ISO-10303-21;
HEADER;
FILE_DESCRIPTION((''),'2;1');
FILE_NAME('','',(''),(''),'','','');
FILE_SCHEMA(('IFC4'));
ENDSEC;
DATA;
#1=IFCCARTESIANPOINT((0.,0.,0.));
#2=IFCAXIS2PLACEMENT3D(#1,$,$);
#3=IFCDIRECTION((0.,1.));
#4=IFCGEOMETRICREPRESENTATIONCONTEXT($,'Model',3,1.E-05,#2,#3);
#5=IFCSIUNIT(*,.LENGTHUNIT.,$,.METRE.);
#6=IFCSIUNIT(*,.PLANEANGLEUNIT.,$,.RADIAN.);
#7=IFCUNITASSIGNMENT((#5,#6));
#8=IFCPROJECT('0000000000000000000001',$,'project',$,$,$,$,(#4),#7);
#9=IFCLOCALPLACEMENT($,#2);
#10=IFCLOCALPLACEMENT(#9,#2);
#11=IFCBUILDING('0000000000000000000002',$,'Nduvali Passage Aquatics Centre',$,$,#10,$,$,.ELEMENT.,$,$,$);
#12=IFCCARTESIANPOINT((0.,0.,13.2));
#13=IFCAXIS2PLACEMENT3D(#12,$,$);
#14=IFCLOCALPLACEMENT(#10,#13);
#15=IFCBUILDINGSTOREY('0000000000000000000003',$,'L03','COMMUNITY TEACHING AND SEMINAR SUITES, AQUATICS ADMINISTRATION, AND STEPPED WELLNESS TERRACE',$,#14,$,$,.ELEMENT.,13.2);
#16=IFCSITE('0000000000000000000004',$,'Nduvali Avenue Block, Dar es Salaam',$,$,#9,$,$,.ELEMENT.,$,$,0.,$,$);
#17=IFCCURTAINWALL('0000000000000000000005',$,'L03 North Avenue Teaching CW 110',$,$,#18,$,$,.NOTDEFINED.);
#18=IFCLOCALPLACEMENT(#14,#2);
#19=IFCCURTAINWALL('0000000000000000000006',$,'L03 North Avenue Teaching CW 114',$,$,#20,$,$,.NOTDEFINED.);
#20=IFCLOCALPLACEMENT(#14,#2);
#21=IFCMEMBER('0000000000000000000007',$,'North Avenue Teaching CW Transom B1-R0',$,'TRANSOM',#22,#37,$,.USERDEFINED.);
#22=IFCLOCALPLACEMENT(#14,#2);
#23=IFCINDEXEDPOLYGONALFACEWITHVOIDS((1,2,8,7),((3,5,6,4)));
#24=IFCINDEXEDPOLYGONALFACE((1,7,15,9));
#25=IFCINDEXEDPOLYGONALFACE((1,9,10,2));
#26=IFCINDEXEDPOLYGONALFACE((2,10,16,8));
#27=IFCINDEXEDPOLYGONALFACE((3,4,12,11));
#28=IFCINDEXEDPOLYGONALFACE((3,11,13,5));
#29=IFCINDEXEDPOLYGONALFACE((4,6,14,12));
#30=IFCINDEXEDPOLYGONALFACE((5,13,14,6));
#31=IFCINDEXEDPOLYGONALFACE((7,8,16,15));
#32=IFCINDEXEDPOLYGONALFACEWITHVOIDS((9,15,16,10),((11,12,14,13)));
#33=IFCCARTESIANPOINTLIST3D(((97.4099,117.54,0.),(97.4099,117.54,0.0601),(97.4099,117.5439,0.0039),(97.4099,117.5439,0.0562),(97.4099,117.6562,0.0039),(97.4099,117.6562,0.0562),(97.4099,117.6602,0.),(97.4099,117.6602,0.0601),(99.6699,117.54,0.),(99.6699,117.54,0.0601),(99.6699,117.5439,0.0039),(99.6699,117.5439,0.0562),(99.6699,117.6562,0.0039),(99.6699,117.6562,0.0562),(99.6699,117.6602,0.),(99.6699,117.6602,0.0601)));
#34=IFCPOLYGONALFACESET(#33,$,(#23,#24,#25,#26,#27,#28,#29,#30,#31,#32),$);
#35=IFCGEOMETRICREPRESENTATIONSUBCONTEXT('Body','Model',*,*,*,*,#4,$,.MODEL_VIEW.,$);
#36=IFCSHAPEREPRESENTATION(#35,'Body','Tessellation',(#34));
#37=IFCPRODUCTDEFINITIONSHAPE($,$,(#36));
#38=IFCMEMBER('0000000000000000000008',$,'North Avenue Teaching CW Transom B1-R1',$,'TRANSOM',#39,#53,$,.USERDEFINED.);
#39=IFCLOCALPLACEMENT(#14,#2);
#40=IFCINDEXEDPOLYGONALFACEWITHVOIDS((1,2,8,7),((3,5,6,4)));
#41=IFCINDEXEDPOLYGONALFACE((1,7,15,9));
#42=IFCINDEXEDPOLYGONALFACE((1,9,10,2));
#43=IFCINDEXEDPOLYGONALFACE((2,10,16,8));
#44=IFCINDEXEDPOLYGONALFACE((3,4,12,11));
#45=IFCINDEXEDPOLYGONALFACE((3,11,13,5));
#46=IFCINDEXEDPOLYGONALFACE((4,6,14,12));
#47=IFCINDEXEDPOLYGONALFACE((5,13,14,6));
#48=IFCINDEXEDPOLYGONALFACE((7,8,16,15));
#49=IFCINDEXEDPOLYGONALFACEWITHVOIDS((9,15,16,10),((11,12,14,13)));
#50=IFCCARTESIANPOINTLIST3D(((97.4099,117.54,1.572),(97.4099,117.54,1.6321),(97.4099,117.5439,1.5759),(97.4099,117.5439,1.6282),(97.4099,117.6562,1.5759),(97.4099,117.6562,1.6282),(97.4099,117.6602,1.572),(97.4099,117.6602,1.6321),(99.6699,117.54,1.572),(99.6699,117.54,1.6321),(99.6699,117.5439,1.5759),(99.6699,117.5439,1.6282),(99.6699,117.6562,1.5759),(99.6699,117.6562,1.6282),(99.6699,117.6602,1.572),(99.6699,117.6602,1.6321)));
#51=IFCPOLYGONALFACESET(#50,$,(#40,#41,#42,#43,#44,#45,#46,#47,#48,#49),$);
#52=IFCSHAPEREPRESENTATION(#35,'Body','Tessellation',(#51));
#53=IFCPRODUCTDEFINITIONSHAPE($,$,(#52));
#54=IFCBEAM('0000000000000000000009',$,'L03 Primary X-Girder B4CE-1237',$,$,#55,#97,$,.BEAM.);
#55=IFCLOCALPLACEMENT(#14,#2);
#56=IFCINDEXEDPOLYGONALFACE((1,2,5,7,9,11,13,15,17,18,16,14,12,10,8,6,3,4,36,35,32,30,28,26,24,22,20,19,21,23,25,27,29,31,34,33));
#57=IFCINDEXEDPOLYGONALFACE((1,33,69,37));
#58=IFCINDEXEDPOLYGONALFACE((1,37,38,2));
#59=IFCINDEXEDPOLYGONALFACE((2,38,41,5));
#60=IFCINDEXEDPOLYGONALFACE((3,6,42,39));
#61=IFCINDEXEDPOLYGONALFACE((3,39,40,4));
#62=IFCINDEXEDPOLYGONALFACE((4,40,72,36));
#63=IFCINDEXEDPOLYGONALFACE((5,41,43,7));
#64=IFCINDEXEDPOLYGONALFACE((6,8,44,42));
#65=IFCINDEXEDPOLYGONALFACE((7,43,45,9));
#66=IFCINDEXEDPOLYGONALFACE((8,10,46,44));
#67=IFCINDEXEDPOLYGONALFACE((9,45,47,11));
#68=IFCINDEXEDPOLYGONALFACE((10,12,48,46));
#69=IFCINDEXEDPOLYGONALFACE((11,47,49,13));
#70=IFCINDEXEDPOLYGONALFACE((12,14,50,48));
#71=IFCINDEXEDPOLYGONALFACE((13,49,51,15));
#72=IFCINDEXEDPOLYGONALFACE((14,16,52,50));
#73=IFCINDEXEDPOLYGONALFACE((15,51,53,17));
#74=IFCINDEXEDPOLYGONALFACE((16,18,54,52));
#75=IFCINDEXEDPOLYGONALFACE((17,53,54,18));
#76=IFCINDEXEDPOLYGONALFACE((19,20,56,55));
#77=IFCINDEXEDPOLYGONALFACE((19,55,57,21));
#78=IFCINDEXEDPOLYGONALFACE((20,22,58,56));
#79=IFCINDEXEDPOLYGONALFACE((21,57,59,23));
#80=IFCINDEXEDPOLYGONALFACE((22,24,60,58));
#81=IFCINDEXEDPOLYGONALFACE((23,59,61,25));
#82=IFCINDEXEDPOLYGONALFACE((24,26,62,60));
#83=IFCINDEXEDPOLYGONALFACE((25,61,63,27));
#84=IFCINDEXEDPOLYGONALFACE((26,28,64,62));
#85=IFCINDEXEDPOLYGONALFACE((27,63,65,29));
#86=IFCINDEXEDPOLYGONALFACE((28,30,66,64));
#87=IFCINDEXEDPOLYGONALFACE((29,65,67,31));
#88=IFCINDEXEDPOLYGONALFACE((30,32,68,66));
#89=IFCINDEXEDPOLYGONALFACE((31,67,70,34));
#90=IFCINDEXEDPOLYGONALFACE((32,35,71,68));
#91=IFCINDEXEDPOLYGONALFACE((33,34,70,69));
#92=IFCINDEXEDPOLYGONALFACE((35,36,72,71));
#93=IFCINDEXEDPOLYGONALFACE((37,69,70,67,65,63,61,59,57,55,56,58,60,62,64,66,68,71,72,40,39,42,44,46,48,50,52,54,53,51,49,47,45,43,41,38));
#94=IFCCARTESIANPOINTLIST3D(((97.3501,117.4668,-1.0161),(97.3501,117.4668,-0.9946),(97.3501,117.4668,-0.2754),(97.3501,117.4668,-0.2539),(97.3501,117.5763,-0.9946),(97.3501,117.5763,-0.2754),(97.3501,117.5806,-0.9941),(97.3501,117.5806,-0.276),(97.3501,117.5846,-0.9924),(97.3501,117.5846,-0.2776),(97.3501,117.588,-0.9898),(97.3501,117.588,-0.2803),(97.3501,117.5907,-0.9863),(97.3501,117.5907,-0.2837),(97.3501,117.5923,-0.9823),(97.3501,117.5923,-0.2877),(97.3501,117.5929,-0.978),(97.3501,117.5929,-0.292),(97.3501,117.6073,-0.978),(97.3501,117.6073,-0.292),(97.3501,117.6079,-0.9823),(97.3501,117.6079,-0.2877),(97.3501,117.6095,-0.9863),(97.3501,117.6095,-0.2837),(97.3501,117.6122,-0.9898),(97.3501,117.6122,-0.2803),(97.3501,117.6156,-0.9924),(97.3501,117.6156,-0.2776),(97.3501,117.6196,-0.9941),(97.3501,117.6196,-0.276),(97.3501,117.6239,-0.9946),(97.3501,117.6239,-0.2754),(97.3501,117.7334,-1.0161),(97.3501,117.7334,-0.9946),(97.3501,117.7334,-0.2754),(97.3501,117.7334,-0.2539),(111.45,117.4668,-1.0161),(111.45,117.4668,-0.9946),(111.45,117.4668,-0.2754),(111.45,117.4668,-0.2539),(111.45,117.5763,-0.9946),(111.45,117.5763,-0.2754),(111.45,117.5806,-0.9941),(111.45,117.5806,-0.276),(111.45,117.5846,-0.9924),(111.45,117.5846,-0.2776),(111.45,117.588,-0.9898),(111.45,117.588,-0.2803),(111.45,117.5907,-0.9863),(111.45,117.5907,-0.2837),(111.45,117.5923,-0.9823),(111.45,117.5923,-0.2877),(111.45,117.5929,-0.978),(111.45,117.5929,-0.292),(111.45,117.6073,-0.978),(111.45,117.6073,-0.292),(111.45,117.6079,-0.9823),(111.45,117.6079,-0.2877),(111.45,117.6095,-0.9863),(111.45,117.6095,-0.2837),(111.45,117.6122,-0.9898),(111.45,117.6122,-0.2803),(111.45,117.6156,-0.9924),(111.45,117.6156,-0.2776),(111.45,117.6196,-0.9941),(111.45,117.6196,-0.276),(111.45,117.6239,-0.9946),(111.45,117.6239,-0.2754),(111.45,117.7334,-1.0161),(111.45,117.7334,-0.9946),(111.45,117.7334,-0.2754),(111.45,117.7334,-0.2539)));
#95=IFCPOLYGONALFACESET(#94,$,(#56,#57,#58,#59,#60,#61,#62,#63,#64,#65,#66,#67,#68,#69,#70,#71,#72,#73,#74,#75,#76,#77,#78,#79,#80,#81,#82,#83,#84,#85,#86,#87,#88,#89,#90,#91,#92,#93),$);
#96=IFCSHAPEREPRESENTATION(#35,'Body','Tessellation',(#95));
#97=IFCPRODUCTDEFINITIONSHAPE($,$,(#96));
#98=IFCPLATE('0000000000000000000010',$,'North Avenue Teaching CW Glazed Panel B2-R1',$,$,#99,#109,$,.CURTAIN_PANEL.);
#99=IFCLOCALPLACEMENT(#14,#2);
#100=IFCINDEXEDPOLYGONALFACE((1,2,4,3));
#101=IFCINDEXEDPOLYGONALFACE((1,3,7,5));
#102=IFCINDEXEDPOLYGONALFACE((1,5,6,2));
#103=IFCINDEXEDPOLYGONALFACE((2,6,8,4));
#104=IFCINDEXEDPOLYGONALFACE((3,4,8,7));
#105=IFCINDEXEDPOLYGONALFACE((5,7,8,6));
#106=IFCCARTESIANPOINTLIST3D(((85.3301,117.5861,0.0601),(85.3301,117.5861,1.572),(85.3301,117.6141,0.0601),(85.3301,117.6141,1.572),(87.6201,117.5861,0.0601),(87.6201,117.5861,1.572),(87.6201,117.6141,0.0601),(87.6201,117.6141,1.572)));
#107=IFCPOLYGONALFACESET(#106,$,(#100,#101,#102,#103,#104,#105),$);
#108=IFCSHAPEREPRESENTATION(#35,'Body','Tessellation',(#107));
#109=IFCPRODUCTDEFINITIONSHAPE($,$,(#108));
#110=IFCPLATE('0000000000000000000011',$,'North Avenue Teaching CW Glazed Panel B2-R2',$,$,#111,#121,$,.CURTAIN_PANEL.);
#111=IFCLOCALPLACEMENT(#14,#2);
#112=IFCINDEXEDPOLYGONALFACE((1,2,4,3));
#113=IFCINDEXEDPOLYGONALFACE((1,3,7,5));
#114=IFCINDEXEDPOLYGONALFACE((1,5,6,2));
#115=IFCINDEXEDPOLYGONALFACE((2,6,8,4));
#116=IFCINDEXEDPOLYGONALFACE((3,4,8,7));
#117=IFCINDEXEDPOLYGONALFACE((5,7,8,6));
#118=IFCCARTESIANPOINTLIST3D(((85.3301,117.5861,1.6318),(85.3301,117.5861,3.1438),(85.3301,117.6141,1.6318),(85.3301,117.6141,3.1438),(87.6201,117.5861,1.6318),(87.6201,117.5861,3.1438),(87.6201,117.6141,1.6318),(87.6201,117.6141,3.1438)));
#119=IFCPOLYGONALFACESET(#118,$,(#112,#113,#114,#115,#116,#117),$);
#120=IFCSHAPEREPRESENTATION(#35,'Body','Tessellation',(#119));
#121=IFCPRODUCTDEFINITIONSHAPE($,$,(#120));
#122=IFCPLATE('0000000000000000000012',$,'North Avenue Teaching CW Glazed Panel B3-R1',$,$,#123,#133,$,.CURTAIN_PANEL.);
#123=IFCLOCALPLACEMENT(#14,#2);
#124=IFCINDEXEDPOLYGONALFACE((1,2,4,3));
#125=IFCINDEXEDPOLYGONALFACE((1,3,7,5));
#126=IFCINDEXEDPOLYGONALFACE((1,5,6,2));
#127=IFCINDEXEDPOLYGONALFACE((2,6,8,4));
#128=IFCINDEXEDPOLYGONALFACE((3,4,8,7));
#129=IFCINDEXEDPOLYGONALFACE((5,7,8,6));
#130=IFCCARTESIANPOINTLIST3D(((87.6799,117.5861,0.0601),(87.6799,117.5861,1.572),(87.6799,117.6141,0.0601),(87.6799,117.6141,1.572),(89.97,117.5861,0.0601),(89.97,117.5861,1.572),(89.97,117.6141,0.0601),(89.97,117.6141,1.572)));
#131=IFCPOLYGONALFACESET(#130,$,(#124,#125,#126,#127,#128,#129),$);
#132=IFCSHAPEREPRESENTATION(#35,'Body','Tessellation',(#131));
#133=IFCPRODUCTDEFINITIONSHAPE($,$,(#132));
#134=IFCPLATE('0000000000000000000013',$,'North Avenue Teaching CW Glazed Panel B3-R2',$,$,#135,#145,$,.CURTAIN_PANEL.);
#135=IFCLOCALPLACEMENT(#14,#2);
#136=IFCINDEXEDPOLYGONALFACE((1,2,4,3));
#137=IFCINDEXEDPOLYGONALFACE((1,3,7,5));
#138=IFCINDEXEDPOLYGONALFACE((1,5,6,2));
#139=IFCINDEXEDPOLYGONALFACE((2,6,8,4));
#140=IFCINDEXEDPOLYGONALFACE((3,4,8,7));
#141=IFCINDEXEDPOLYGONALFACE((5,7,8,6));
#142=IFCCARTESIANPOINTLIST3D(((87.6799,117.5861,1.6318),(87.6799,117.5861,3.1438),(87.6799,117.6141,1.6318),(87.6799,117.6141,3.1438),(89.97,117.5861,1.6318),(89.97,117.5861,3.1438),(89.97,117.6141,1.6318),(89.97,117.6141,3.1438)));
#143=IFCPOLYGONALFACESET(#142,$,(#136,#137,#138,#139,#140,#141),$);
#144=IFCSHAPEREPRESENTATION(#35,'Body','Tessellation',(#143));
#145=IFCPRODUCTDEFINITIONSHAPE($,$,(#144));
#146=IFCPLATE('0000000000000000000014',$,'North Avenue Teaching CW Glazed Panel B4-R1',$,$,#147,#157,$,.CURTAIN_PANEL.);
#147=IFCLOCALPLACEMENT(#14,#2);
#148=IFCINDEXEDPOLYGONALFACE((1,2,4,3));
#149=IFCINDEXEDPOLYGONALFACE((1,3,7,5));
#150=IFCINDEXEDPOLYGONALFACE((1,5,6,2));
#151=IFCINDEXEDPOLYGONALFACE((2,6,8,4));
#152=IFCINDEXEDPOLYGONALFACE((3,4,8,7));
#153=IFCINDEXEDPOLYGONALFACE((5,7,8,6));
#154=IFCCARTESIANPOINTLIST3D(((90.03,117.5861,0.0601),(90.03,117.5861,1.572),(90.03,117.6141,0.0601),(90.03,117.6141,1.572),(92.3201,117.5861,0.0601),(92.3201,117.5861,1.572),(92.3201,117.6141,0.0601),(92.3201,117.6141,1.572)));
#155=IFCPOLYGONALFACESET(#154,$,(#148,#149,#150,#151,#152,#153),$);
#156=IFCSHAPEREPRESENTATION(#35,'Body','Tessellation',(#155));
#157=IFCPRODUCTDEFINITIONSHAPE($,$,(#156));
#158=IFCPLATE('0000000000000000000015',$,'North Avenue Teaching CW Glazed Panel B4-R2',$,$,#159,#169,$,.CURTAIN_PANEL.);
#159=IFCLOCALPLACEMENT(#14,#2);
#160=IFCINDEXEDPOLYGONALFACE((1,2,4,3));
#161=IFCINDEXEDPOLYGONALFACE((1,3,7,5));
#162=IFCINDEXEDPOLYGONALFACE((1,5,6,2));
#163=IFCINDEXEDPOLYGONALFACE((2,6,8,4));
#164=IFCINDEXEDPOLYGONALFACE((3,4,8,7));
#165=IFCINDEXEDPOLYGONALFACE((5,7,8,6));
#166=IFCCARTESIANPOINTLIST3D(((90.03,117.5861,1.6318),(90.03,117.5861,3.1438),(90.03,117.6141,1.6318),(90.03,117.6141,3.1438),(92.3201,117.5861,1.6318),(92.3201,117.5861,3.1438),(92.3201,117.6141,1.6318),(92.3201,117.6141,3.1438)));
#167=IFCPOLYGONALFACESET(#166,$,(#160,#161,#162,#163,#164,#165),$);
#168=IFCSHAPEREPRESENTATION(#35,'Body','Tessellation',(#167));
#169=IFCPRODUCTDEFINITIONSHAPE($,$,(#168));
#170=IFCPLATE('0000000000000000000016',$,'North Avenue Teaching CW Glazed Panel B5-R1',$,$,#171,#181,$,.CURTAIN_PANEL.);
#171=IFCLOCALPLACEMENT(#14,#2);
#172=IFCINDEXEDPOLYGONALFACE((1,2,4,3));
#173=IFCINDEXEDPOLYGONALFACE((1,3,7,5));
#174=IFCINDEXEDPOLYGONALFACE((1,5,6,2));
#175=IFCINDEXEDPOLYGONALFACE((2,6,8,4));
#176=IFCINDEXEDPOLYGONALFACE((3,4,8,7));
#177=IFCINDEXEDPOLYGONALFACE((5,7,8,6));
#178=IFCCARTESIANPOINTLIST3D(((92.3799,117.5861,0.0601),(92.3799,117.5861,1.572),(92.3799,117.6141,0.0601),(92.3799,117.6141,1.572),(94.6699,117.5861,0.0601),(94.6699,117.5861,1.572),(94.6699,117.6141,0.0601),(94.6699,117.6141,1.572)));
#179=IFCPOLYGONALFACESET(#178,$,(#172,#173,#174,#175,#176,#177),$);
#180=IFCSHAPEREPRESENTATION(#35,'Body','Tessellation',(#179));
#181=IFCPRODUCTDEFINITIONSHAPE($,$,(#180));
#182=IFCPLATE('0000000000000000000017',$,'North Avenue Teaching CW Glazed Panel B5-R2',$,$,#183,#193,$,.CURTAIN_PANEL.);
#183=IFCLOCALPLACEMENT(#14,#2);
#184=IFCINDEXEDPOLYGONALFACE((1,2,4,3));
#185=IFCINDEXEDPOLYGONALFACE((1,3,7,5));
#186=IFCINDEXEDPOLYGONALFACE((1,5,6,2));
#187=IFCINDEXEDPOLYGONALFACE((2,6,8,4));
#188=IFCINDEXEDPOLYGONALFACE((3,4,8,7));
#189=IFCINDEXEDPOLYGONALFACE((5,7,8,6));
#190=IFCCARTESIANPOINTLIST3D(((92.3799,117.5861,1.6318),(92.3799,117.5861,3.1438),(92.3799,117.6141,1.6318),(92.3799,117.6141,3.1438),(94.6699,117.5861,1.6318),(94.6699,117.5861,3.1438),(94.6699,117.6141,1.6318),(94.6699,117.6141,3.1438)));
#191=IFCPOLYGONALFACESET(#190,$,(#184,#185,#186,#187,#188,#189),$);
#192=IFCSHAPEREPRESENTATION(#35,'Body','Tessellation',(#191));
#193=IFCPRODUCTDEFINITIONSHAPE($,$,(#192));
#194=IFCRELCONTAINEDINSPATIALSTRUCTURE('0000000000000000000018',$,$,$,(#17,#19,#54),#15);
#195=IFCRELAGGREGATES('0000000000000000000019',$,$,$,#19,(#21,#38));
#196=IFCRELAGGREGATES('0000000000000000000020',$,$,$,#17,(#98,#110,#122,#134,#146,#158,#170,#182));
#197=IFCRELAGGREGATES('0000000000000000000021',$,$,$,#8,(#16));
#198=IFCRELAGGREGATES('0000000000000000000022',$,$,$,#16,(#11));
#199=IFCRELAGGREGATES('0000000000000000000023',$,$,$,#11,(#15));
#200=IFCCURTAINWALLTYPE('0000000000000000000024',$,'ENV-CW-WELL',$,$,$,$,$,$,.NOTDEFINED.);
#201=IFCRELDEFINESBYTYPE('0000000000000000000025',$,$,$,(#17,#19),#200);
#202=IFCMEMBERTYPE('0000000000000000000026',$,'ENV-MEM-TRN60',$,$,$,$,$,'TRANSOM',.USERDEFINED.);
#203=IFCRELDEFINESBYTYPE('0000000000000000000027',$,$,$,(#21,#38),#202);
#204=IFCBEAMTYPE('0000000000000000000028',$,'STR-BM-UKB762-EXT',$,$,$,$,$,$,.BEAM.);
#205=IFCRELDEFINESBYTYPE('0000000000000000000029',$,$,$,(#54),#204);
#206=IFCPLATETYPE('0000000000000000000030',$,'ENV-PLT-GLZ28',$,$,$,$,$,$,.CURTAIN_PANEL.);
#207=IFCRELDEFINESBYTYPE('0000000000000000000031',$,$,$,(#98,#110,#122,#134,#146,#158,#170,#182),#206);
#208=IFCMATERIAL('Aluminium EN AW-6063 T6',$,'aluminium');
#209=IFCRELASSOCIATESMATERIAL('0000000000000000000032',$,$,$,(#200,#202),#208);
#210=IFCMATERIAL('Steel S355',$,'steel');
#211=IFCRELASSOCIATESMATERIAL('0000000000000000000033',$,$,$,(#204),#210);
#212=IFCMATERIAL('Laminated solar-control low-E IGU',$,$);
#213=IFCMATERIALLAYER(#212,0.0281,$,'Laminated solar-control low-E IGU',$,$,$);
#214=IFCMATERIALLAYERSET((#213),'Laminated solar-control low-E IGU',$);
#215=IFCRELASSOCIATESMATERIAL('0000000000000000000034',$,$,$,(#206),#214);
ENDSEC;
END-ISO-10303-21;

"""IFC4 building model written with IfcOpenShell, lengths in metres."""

from ifc_helpers import new_model, si_unit, direction, frame, origin, origin_2d, place, context, subcontext, project, spatial, rectangle, hollow_rectangle, i_section, extrude, material, layer, layer_set, material_profile, profile_set, type_object, element, aggregate, save


model = new_model("IFC4")

# Units and contexts
model_context = context("Model", 3, precision=1e-05, world=origin(), true_north=direction((0.0, 1.0)))
body_context = subcontext(model_context, "Body", "Model", "MODEL_VIEW")
ifc_project = project(units=[si_unit("LENGTHUNIT", "METRE"), si_unit("PLANEANGLEUNIT", "RADIAN")], contexts=[model_context])

# Site, building, storey
site_placement = place(None, origin())
site = spatial("IfcSite", under=ifc_project, at=site_placement, Name="Nduvali Avenue Block, Dar es Salaam", CompositionType="ELEMENT", RefElevation=0.0)
building_placement = place(site_placement, origin())
building = spatial("IfcBuilding", under=site, at=building_placement, Name="Nduvali Passage Aquatics Centre", CompositionType="ELEMENT")
storey_placement = place(building_placement, frame((0.0, 0.0, 13.2)))
storey = spatial("IfcBuildingStorey", under=building, at=storey_placement, Name="L03", Description="COMMUNITY TEACHING AND SEMINAR SUITES, AQUATICS ADMINISTRATION, AND STEPPED WELLNESS TERRACE", CompositionType="ELEMENT", Elevation=13.2)

# Shared definitions
ifc_material_1 = material(Name="Steel S355", Category="steel")

# Curtain wall
ifc_material_2 = material(Name="Aluminium EN AW-6063 T6", Category="aluminium")
curtain_wall_type = type_object("IfcCurtainWallType", Name="ENV-CW-WELL", PredefinedType="NOTDEFINED", material=ifc_material_2)
curtain_wall_1_placement = place(storey_placement, origin())
curtain_wall_1 = element("IfcCurtainWall", 1, at=curtain_wall_1_placement, inside=storey, type_object=curtain_wall_type, Name="L03 North Avenue Teaching CW 110", PredefinedType="NOTDEFINED")

# Curtain wall
curtain_wall_2_placement = place(storey_placement, origin())
curtain_wall_2 = element("IfcCurtainWall", 2, at=curtain_wall_2_placement, inside=storey, type_object=curtain_wall_type, Name="L03 North Avenue Teaching CW 114", PredefinedType="NOTDEFINED")

# Members
ifc_material_profile_1 = material_profile(ifc_material_2, hollow_rectangle(XDim=0.1201, YDim=0.0601, WallThickness=0.0039, at=origin_2d()), Name="ALU TRANSOM 120x60x4")
ifc_profile_set_1 = profile_set([ifc_material_profile_1], Name="Aluminium EN AW-6063 T6")
member_type_1 = type_object("IfcMemberType", Name="ENV-MEM-TRN60", ElementType="TRANSOM", PredefinedType="USERDEFINED", material=ifc_profile_set_1)
member_1_placement = place(storey_placement, frame((97.4099, 117.6001, 0.03), z_axis=(1.0, 0.0, 0.0), x_axis=(0.0, 1.0, 0.0)))
member_1 = element("IfcMember", 3, at=member_1_placement, type_object=member_type_1, Name="North Avenue Teaching CW Transom B1-R0", ObjectType="TRANSOM", PredefinedType="USERDEFINED", context=body_context, shape_type="SweptSolid", body=[
    extrude(hollow_rectangle(XDim=0.1201, YDim=0.0601, WallThickness=0.0039, at=origin_2d()), origin(), (0.0, 0.0, 1.0), 2.26),
])
member_2_placement = place(storey_placement, frame((97.4099, 117.6001, 1.6021), z_axis=(1.0, 0.0, 0.0), x_axis=(0.0, 1.0, 0.0)))
member_2 = element("IfcMember", 4, at=member_2_placement, type_object=member_type_1, Name="North Avenue Teaching CW Transom B1-R1", ObjectType="TRANSOM", PredefinedType="USERDEFINED", context=body_context, shape_type="SweptSolid", body=[
    extrude(hollow_rectangle(XDim=0.1201, YDim=0.0601, WallThickness=0.0039, at=origin_2d()), origin(), (0.0, 0.0, 1.0), 2.26),
])
aggregate(curtain_wall_2, [member_1, member_2])

# Beam
ifc_material_profile_2 = material_profile(ifc_material_1, i_section(OverallWidth=0.2666, OverallDepth=0.7622, WebThickness=0.0144, FlangeThickness=0.0215, FilletRadius=0.0166, at=origin_2d()), Name="UKB 762x267x173")
ifc_profile_set_2 = profile_set([ifc_material_profile_2], Name="Steel S355")
beam_type = type_object("IfcBeamType", Name="STR-BM-UKB762-EXT", PredefinedType="BEAM", material=ifc_profile_set_2)
beam_placement = place(storey_placement, frame((97.3501, 117.6001, -0.635), z_axis=(1.0, 0.0, 0.0), x_axis=(0.0, 1.0, 0.0)))
element("IfcBeam", 5, at=beam_placement, inside=storey, type_object=beam_type, Name="L03 Primary X-Girder B4CE-1237", PredefinedType="BEAM", context=body_context, shape_type="SweptSolid", body=[
    extrude(i_section(OverallWidth=0.2666, OverallDepth=0.7622, WebThickness=0.0144, FlangeThickness=0.0215, FilletRadius=0.0166, at=origin_2d()), origin(), (0.0, 0.0, 1.0), 14.0999),
])

# Plates
ifc_material_3 = material(Name="Laminated solar-control low-E IGU")
ifc_layer = layer(ifc_material_3, 0.0281, Name="Laminated solar-control low-E IGU")
ifc_layer_set = layer_set([ifc_layer], Name="Laminated solar-control low-E IGU")
plate_type = type_object("IfcPlateType", Name="ENV-PLT-GLZ28", PredefinedType="CURTAIN_PANEL", material=ifc_layer_set)
plate_1_placement = place(storey_placement, frame((86.4751, 117.6001, 0.0601), z_axis=(0.0, 0.0, 1.0), x_axis=(1.0, 0.0, 0.0)))
plate_1 = element("IfcPlate", 6, at=plate_1_placement, type_object=plate_type, Name="North Avenue Teaching CW Glazed Panel B2-R1", PredefinedType="CURTAIN_PANEL", context=body_context, shape_type="SweptSolid", body=[
    extrude(rectangle(XDim=2.29, YDim=0.0281, at=origin_2d()), origin(), (0.0, 0.0, 1.0), 1.512),
])
plate_2_placement = place(storey_placement, frame((86.4751, 117.6001, 1.6318), z_axis=(0.0, 0.0, 1.0), x_axis=(1.0, 0.0, 0.0)))
plate_2 = element("IfcPlate", 7, at=plate_2_placement, type_object=plate_type, Name="North Avenue Teaching CW Glazed Panel B2-R2", PredefinedType="CURTAIN_PANEL", context=body_context, shape_type="SweptSolid", body=[
    extrude(rectangle(XDim=2.29, YDim=0.0281, at=origin_2d()), origin(), (0.0, 0.0, 1.0), 1.512),
])
plate_3_placement = place(storey_placement, frame((88.825, 117.6001, 0.0601), z_axis=(0.0, 0.0, 1.0), x_axis=(1.0, 0.0, 0.0)))
plate_3 = element("IfcPlate", 8, at=plate_3_placement, type_object=plate_type, Name="North Avenue Teaching CW Glazed Panel B3-R1", PredefinedType="CURTAIN_PANEL", context=body_context, shape_type="SweptSolid", body=[
    extrude(rectangle(XDim=2.29, YDim=0.0281, at=origin_2d()), origin(), (0.0, 0.0, 1.0), 1.512),
])
plate_4_placement = place(storey_placement, frame((88.825, 117.6001, 1.6318), z_axis=(0.0, 0.0, 1.0), x_axis=(1.0, 0.0, 0.0)))
plate_4 = element("IfcPlate", 9, at=plate_4_placement, type_object=plate_type, Name="North Avenue Teaching CW Glazed Panel B3-R2", PredefinedType="CURTAIN_PANEL", context=body_context, shape_type="SweptSolid", body=[
    extrude(rectangle(XDim=2.29, YDim=0.0281, at=origin_2d()), origin(), (0.0, 0.0, 1.0), 1.512),
])
plate_5_placement = place(storey_placement, frame((91.175, 117.6001, 0.0601), z_axis=(0.0, 0.0, 1.0), x_axis=(1.0, 0.0, 0.0)))
plate_5 = element("IfcPlate", 10, at=plate_5_placement, type_object=plate_type, Name="North Avenue Teaching CW Glazed Panel B4-R1", PredefinedType="CURTAIN_PANEL", context=body_context, shape_type="SweptSolid", body=[
    extrude(rectangle(XDim=2.29, YDim=0.0281, at=origin_2d()), origin(), (0.0, 0.0, 1.0), 1.512),
])
plate_6_placement = place(storey_placement, frame((91.175, 117.6001, 1.6318), z_axis=(0.0, 0.0, 1.0), x_axis=(1.0, 0.0, 0.0)))
plate_6 = element("IfcPlate", 11, at=plate_6_placement, type_object=plate_type, Name="North Avenue Teaching CW Glazed Panel B4-R2", PredefinedType="CURTAIN_PANEL", context=body_context, shape_type="SweptSolid", body=[
    extrude(rectangle(XDim=2.29, YDim=0.0281, at=origin_2d()), origin(), (0.0, 0.0, 1.0), 1.512),
])
plate_7_placement = place(storey_placement, frame((93.5249, 117.6001, 0.0601), z_axis=(0.0, 0.0, 1.0), x_axis=(1.0, 0.0, 0.0)))
plate_7 = element("IfcPlate", 12, at=plate_7_placement, type_object=plate_type, Name="North Avenue Teaching CW Glazed Panel B5-R1", PredefinedType="CURTAIN_PANEL", context=body_context, shape_type="SweptSolid", body=[
    extrude(rectangle(XDim=2.29, YDim=0.0281, at=origin_2d()), origin(), (0.0, 0.0, 1.0), 1.512),
])
plate_8_placement = place(storey_placement, frame((93.5249, 117.6001, 1.6318), z_axis=(0.0, 0.0, 1.0), x_axis=(1.0, 0.0, 0.0)))
plate_8 = element("IfcPlate", 13, at=plate_8_placement, type_object=plate_type, Name="North Avenue Teaching CW Glazed Panel B5-R2", PredefinedType="CURTAIN_PANEL", context=body_context, shape_type="SweptSolid", body=[
    extrude(rectangle(XDim=2.29, YDim=0.0281, at=origin_2d()), origin(), (0.0, 0.0, 1.0), 1.512),
])
aggregate(curtain_wall_1, [plate_1, plate_2, plate_3, plate_4, plate_5, plate_6, plate_7, plate_8])

save(model, "model.ifc")
